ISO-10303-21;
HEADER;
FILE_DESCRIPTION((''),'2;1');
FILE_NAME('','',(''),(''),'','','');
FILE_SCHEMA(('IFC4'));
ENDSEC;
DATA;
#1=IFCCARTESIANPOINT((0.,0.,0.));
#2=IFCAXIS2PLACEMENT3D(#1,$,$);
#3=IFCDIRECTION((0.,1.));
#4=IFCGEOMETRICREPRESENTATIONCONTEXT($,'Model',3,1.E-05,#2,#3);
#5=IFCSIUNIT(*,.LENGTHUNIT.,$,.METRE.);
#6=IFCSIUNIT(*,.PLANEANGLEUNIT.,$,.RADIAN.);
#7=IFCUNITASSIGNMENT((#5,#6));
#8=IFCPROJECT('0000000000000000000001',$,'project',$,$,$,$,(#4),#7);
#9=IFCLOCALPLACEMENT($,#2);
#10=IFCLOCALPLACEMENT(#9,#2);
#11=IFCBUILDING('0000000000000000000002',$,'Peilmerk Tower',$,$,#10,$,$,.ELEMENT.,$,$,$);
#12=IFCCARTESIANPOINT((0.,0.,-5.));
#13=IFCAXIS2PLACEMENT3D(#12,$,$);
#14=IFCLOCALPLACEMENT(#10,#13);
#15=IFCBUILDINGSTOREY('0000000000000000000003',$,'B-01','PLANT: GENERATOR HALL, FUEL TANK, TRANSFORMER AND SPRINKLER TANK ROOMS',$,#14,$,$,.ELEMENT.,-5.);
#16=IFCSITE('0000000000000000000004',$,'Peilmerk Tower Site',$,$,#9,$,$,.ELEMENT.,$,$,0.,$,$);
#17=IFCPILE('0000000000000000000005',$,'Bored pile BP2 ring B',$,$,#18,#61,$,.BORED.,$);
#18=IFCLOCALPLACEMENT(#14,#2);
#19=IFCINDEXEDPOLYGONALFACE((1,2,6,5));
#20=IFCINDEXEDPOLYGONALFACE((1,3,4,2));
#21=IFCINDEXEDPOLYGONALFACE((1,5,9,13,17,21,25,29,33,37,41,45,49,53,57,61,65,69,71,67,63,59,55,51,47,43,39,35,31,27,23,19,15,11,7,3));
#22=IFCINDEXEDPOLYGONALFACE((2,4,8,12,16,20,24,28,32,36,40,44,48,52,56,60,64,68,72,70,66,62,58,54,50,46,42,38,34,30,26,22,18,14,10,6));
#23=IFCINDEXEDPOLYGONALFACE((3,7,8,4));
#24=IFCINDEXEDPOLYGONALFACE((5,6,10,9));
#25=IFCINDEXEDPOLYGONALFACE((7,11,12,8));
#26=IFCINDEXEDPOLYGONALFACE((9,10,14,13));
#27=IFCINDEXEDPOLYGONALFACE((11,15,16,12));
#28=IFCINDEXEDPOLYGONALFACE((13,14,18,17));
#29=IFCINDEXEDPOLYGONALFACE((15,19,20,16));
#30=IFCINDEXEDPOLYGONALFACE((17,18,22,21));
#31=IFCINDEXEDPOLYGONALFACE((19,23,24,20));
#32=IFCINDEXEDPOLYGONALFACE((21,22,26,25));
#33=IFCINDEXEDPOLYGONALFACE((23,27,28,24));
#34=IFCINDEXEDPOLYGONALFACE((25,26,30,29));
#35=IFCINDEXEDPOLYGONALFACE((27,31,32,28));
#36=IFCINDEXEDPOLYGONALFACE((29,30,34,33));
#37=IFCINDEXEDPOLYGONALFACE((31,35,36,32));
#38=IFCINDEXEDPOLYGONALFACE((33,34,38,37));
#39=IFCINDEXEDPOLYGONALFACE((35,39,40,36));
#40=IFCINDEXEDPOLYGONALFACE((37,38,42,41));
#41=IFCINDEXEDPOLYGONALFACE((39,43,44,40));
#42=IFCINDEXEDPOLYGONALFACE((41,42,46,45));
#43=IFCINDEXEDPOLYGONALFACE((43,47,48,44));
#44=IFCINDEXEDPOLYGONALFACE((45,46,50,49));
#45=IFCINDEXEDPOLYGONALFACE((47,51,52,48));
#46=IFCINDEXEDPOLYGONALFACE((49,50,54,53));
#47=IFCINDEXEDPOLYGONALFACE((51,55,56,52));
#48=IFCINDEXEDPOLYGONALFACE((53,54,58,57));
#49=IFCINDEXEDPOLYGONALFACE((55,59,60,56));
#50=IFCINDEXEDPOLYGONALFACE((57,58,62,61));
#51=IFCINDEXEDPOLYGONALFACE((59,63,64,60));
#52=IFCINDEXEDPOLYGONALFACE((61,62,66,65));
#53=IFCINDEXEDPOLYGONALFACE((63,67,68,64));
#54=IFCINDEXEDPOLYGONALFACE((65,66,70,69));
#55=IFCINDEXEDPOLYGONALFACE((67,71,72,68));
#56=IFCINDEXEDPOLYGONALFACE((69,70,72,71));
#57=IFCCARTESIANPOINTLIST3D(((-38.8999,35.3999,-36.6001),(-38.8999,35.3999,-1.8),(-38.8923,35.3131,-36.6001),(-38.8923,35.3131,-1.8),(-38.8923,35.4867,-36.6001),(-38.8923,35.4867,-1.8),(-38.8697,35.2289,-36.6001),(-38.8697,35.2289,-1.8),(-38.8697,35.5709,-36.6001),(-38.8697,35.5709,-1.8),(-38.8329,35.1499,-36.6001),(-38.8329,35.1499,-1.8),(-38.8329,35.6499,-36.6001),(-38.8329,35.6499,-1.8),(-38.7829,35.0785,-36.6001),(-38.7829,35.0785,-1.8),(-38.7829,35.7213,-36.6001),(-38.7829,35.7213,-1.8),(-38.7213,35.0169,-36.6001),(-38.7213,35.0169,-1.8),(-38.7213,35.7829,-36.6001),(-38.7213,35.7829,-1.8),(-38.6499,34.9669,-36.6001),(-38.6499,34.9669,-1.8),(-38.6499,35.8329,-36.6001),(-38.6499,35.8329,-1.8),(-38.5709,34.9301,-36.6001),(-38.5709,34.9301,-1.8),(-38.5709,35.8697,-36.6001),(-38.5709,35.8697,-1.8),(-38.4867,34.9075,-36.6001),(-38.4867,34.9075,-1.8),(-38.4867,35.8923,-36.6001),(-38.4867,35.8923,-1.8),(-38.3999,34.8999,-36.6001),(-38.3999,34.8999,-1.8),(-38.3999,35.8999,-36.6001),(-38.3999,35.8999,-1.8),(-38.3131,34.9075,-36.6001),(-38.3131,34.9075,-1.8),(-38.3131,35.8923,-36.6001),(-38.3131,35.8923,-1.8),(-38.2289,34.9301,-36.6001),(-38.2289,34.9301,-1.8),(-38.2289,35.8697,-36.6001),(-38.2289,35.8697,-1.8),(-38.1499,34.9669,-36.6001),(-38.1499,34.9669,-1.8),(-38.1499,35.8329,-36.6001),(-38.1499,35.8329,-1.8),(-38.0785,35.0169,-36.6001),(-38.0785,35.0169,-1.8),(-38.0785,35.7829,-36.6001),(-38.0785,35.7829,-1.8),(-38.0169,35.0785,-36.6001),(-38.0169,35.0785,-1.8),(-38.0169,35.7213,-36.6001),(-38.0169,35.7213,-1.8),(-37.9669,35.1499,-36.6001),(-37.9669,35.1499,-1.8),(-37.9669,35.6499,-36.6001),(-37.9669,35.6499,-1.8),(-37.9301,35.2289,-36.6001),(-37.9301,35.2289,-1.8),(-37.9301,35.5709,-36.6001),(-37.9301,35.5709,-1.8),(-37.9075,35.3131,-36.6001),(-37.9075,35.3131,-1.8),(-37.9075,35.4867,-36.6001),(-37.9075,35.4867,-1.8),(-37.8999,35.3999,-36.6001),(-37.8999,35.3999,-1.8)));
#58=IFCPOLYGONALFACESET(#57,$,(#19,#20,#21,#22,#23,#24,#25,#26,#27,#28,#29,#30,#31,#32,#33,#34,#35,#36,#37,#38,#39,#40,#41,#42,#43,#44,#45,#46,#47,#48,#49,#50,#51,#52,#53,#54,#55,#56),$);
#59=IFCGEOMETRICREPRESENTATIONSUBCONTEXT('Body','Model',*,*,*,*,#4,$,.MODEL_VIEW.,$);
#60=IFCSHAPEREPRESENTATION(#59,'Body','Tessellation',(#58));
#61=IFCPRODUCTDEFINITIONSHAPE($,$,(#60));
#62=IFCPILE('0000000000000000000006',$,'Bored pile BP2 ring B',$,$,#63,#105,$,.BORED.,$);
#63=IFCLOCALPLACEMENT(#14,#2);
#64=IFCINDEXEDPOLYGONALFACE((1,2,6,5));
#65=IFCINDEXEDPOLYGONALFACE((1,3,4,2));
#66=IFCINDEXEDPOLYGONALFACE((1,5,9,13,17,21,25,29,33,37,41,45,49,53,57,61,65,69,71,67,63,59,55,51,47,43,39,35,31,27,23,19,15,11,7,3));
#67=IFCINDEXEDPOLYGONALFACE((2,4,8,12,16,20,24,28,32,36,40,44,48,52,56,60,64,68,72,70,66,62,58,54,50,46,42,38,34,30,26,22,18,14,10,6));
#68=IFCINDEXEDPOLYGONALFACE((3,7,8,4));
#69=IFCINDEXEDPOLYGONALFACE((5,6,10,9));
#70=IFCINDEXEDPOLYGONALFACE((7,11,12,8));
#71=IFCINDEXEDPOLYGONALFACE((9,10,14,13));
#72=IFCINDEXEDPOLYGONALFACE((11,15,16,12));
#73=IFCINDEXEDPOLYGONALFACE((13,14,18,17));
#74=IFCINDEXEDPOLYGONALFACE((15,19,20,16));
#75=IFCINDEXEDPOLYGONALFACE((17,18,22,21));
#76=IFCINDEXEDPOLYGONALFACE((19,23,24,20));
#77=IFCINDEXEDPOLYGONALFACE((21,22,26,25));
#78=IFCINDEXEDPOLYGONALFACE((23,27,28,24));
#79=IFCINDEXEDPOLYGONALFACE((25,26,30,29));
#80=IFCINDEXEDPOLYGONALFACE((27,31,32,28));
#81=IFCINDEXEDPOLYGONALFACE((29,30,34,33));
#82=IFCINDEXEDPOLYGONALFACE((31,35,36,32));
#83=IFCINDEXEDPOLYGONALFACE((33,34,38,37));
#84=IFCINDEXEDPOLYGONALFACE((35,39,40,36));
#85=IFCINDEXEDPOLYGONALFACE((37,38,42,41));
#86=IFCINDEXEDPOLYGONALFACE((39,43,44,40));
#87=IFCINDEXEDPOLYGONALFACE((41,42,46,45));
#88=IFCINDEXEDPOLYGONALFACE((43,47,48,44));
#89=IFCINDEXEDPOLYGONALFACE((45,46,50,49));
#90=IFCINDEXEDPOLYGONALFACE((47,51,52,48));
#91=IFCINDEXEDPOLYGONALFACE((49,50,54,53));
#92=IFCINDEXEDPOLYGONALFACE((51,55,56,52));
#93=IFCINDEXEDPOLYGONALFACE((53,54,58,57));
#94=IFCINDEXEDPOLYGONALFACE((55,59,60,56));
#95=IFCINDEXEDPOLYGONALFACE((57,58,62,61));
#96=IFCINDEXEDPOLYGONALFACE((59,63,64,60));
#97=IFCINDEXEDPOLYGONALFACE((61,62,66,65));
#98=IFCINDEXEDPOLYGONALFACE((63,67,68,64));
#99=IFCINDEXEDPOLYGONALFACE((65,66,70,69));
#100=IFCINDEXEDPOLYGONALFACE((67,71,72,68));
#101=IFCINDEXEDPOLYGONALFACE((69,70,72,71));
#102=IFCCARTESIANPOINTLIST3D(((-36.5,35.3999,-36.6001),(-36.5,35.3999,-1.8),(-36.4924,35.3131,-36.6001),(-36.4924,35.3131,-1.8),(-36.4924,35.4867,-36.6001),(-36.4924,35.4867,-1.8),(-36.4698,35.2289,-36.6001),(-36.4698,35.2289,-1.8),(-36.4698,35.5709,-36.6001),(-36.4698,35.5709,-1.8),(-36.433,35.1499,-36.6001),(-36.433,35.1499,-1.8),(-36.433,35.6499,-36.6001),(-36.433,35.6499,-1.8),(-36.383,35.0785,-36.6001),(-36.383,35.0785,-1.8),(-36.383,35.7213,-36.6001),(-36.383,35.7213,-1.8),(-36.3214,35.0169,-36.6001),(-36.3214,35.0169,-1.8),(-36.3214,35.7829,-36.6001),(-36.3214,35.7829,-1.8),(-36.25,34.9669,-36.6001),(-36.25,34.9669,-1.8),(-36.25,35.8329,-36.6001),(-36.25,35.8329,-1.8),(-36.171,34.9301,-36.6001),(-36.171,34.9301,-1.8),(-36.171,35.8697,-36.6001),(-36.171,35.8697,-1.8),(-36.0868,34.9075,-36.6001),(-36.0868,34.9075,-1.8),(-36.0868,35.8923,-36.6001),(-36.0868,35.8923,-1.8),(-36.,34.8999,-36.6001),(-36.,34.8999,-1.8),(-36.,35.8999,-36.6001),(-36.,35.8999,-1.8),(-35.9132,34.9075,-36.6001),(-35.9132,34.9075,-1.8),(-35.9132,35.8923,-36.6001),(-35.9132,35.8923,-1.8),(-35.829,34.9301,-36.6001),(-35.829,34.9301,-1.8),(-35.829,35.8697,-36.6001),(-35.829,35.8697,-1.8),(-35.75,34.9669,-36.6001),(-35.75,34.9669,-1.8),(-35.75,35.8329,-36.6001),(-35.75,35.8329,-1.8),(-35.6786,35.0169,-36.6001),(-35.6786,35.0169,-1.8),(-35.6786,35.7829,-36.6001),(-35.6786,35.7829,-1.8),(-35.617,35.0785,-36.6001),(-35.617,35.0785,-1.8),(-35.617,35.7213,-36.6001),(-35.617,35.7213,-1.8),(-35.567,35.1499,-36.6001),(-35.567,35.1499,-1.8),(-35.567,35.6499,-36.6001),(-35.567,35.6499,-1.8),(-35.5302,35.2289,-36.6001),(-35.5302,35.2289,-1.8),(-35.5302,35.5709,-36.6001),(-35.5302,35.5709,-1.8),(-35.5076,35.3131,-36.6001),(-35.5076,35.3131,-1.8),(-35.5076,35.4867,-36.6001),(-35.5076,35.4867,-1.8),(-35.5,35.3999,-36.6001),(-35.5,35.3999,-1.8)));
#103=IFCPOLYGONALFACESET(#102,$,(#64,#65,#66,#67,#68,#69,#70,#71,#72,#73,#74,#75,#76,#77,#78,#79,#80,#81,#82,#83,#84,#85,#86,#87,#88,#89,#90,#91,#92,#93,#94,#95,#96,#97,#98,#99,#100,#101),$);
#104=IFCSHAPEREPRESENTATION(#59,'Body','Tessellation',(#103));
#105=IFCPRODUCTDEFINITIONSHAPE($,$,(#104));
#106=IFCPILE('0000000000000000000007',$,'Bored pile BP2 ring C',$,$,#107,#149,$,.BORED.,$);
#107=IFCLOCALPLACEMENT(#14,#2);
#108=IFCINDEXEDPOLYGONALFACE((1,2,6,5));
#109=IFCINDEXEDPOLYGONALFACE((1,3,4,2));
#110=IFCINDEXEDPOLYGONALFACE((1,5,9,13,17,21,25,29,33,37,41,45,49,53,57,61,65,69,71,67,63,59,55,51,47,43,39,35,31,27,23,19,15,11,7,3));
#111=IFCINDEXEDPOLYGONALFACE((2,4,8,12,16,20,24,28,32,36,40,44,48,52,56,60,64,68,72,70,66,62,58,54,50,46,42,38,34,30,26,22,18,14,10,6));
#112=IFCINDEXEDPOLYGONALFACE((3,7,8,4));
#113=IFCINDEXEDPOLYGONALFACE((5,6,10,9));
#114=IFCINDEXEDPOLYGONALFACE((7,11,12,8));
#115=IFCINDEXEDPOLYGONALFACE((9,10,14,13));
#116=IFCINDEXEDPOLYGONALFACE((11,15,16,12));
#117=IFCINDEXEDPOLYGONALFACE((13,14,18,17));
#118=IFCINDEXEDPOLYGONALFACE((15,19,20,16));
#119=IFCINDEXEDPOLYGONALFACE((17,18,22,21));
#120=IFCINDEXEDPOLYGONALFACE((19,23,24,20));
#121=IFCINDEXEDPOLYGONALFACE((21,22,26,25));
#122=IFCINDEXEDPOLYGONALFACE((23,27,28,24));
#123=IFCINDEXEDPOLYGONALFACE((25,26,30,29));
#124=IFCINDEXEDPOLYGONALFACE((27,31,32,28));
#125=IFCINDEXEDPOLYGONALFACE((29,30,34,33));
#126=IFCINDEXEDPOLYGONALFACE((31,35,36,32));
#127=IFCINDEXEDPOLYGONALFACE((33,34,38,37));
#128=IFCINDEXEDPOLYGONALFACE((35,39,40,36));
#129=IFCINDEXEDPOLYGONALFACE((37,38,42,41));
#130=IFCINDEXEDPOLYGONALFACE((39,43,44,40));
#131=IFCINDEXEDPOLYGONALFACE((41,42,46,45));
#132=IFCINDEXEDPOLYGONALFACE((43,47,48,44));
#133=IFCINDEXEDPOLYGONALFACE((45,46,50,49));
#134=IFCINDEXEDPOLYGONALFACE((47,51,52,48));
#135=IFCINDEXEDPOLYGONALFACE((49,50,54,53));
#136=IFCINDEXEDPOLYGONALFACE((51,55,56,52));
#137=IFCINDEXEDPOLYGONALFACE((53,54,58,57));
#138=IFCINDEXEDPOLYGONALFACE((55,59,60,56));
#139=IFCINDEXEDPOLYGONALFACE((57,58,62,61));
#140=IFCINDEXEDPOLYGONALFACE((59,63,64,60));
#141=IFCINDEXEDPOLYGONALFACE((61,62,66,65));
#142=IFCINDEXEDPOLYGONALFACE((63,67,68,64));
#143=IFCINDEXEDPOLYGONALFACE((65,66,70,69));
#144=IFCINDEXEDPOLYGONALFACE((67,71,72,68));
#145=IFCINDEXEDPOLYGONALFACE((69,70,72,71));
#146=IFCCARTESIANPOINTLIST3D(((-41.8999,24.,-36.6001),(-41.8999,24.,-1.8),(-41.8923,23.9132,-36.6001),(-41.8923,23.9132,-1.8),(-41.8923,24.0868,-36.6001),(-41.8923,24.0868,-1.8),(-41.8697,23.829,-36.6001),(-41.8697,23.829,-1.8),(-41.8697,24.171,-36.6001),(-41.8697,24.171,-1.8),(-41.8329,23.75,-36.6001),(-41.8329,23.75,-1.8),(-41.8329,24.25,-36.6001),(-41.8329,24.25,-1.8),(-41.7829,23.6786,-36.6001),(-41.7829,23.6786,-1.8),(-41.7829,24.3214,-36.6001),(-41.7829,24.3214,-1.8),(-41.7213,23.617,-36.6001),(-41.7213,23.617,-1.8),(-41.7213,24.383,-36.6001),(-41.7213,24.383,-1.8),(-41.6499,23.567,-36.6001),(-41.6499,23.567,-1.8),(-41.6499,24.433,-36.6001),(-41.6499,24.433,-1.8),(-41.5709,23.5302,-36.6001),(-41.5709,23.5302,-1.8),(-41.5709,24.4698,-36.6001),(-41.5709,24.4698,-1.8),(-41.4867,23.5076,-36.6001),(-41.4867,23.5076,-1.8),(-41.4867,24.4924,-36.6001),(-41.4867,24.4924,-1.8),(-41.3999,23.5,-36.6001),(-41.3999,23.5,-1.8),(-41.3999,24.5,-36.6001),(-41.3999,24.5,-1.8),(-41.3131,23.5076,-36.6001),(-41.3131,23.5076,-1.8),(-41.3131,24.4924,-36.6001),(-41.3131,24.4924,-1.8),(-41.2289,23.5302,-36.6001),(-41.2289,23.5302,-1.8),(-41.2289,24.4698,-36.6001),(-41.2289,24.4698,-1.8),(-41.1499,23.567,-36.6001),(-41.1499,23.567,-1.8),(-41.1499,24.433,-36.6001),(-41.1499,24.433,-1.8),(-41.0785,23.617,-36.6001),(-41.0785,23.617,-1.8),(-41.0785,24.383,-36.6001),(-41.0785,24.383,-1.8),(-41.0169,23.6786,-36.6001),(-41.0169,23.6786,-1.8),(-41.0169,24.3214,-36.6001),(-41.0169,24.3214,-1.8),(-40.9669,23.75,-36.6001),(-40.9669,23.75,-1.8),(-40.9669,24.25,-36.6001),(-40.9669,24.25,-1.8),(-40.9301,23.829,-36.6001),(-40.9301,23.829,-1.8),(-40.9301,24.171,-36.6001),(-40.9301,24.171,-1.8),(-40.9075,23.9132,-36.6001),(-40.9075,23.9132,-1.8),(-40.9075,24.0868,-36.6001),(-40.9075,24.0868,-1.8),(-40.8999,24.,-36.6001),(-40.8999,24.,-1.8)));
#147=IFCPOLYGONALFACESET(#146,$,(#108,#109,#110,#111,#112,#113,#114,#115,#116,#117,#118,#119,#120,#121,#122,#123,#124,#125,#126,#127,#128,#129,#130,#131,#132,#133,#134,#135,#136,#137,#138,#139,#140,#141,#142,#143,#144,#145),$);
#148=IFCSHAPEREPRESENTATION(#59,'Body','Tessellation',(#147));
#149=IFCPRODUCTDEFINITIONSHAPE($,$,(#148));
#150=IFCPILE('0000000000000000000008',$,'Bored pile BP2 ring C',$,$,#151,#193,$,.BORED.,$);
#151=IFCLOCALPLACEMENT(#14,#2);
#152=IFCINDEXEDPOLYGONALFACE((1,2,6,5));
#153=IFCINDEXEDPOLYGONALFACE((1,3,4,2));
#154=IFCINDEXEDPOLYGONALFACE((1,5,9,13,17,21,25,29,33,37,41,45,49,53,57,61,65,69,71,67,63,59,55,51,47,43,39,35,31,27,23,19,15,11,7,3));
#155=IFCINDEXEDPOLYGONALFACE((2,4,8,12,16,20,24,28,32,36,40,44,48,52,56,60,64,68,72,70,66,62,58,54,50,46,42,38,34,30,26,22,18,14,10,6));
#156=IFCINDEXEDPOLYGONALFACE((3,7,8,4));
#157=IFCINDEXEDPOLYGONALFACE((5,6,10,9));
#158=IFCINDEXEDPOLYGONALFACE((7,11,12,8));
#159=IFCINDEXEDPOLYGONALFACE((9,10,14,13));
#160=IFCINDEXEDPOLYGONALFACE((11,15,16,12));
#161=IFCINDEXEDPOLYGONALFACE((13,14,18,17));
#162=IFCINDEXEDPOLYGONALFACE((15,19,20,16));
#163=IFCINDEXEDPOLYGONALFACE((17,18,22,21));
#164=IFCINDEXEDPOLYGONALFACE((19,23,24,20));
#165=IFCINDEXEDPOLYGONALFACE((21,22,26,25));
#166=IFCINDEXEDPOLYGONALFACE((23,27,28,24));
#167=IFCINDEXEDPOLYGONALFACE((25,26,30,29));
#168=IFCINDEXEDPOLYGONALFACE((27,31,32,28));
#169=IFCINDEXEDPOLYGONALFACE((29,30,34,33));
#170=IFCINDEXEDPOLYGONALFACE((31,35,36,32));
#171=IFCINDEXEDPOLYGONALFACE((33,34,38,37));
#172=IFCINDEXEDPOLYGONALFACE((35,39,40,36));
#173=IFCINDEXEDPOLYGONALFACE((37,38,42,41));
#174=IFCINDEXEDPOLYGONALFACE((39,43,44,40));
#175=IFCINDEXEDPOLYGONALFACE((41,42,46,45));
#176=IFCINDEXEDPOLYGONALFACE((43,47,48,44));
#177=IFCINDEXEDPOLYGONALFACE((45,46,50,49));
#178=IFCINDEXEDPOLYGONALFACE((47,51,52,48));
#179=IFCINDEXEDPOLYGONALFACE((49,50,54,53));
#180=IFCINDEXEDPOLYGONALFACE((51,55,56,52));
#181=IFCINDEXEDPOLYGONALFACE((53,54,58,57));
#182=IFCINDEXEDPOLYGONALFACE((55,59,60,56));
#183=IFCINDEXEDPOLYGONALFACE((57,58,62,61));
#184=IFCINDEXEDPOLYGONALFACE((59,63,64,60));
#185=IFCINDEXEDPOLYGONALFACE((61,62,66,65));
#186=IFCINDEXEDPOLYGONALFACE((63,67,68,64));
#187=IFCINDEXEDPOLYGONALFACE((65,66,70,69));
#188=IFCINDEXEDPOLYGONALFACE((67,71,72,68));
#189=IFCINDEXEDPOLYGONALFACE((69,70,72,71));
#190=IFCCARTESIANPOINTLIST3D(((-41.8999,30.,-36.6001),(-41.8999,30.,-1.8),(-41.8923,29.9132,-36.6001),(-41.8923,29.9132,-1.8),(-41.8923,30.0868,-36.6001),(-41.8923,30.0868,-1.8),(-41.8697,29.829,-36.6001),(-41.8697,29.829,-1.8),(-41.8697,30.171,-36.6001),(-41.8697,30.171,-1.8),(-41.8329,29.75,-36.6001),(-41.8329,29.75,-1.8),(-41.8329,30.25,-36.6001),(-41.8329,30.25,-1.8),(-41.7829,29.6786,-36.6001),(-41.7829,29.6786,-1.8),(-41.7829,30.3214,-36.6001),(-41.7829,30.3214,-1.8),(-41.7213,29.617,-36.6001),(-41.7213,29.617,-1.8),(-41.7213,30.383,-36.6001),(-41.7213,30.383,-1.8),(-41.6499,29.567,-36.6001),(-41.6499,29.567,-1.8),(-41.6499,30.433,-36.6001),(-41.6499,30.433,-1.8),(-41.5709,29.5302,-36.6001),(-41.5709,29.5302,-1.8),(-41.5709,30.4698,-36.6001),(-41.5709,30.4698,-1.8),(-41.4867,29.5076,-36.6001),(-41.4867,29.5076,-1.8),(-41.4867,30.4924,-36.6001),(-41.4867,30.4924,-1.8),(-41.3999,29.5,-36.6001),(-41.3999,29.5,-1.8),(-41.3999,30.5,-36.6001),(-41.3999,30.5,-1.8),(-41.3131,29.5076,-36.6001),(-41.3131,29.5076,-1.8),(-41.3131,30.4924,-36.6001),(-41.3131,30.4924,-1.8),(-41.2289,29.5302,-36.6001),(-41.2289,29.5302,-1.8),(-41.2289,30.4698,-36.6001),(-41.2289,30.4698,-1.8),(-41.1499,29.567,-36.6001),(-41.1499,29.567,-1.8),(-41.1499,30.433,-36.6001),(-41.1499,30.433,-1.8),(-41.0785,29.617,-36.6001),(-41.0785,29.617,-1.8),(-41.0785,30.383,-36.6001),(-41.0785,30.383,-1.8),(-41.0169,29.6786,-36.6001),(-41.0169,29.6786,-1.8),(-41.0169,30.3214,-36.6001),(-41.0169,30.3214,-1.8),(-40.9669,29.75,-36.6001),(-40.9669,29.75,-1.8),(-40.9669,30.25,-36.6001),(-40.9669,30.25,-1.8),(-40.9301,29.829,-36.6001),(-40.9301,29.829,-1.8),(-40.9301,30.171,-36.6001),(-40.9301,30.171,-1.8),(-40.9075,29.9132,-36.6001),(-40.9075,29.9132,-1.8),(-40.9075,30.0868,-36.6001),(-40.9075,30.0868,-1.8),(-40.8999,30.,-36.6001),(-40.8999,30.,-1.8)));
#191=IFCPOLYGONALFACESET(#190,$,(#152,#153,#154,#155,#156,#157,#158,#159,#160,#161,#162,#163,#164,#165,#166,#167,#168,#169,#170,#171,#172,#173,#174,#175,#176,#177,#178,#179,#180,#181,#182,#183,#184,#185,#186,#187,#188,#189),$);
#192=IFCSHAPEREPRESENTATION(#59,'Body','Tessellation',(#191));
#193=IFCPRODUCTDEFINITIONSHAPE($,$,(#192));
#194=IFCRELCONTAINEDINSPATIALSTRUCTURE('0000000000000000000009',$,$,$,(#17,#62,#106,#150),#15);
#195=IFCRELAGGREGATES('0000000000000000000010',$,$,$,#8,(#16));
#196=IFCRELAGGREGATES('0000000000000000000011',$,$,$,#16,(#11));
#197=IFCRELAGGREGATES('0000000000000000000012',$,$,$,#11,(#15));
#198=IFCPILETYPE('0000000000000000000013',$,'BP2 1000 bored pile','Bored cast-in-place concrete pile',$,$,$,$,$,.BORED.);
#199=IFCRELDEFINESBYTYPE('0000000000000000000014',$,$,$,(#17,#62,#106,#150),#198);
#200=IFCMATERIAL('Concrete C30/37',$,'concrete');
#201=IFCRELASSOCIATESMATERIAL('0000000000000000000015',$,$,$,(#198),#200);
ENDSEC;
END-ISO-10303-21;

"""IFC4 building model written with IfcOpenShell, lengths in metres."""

from ifc_helpers import new_model, si_unit, direction, frame, origin, origin_2d, place, context, subcontext, project, spatial, circle, extrude, material, material_profile, profile_set, type_object, element, save


model = new_model("IFC4")

# Units and contexts
model_context = context("Model", 3, precision=1e-05, world=origin(), true_north=direction((0.0, 1.0)))
body_context = subcontext(model_context, "Body", "Model", "MODEL_VIEW")
ifc_project = project(units=[si_unit("LENGTHUNIT", "METRE"), si_unit("PLANEANGLEUNIT", "RADIAN")], contexts=[model_context])

# Site, building, storey
site_placement = place(None, origin())
site = spatial("IfcSite", under=ifc_project, at=site_placement, Name="Peilmerk Tower Site", CompositionType="ELEMENT", RefElevation=0.0)
building_placement = place(site_placement, origin())
building = spatial("IfcBuilding", under=site, at=building_placement, Name="Peilmerk Tower", CompositionType="ELEMENT")
storey_placement = place(building_placement, frame((0.0, 0.0, -5.0)))
storey = spatial("IfcBuildingStorey", under=building, at=storey_placement, Name="B-01", Description="PLANT: GENERATOR HALL, FUEL TANK, TRANSFORMER AND SPRINKLER TANK ROOMS", CompositionType="ELEMENT", Elevation=-5.0)

# Piles
ifc_material_1 = material(Name="Concrete C30/37", Category="concrete")
ifc_material_profile_1 = material_profile(ifc_material_1, circle(Radius=0.5, at=origin_2d()), Name="BP 1000")
ifc_profile_set_1 = profile_set([ifc_material_profile_1], Name="Concrete C30/37")
pile_type = type_object("IfcPileType", Name="BP2 1000 bored pile", Description="Bored cast-in-place concrete pile", PredefinedType="BORED", material=ifc_profile_set_1)
for number, where, z_axis, x_axis, name in (
    (1, (-38.3999, 35.3999, -1.8), (0.0, 0.0, -1.0), (1.0, 0.0, 0.0), "Bored pile BP2 ring B"),
    (2, (-36.0, 35.3999, -1.8), (0.0, 0.0, -1.0), (1.0, 0.0, 0.0), "Bored pile BP2 ring B"),
    (3, (-41.3999, 24.0, -1.8), (0.0, 0.0, -1.0), (1.0, 0.0, 0.0), "Bored pile BP2 ring C"),
    (4, (-41.3999, 30.0, -1.8), (0.0, 0.0, -1.0), (1.0, 0.0, 0.0), "Bored pile BP2 ring C"),
):
    element("IfcPile", number, at=place(storey_placement, frame(where, z_axis=z_axis, x_axis=x_axis)), inside=storey, type_object=pile_type, Name=name, PredefinedType="BORED", context=body_context, shape_type="SweptSolid", body=[
        extrude(circle(Radius=0.5, at=origin_2d()), origin(), (0.0, 0.0, 1.0), 34.8),
    ])

save(model, "model.ifc")
